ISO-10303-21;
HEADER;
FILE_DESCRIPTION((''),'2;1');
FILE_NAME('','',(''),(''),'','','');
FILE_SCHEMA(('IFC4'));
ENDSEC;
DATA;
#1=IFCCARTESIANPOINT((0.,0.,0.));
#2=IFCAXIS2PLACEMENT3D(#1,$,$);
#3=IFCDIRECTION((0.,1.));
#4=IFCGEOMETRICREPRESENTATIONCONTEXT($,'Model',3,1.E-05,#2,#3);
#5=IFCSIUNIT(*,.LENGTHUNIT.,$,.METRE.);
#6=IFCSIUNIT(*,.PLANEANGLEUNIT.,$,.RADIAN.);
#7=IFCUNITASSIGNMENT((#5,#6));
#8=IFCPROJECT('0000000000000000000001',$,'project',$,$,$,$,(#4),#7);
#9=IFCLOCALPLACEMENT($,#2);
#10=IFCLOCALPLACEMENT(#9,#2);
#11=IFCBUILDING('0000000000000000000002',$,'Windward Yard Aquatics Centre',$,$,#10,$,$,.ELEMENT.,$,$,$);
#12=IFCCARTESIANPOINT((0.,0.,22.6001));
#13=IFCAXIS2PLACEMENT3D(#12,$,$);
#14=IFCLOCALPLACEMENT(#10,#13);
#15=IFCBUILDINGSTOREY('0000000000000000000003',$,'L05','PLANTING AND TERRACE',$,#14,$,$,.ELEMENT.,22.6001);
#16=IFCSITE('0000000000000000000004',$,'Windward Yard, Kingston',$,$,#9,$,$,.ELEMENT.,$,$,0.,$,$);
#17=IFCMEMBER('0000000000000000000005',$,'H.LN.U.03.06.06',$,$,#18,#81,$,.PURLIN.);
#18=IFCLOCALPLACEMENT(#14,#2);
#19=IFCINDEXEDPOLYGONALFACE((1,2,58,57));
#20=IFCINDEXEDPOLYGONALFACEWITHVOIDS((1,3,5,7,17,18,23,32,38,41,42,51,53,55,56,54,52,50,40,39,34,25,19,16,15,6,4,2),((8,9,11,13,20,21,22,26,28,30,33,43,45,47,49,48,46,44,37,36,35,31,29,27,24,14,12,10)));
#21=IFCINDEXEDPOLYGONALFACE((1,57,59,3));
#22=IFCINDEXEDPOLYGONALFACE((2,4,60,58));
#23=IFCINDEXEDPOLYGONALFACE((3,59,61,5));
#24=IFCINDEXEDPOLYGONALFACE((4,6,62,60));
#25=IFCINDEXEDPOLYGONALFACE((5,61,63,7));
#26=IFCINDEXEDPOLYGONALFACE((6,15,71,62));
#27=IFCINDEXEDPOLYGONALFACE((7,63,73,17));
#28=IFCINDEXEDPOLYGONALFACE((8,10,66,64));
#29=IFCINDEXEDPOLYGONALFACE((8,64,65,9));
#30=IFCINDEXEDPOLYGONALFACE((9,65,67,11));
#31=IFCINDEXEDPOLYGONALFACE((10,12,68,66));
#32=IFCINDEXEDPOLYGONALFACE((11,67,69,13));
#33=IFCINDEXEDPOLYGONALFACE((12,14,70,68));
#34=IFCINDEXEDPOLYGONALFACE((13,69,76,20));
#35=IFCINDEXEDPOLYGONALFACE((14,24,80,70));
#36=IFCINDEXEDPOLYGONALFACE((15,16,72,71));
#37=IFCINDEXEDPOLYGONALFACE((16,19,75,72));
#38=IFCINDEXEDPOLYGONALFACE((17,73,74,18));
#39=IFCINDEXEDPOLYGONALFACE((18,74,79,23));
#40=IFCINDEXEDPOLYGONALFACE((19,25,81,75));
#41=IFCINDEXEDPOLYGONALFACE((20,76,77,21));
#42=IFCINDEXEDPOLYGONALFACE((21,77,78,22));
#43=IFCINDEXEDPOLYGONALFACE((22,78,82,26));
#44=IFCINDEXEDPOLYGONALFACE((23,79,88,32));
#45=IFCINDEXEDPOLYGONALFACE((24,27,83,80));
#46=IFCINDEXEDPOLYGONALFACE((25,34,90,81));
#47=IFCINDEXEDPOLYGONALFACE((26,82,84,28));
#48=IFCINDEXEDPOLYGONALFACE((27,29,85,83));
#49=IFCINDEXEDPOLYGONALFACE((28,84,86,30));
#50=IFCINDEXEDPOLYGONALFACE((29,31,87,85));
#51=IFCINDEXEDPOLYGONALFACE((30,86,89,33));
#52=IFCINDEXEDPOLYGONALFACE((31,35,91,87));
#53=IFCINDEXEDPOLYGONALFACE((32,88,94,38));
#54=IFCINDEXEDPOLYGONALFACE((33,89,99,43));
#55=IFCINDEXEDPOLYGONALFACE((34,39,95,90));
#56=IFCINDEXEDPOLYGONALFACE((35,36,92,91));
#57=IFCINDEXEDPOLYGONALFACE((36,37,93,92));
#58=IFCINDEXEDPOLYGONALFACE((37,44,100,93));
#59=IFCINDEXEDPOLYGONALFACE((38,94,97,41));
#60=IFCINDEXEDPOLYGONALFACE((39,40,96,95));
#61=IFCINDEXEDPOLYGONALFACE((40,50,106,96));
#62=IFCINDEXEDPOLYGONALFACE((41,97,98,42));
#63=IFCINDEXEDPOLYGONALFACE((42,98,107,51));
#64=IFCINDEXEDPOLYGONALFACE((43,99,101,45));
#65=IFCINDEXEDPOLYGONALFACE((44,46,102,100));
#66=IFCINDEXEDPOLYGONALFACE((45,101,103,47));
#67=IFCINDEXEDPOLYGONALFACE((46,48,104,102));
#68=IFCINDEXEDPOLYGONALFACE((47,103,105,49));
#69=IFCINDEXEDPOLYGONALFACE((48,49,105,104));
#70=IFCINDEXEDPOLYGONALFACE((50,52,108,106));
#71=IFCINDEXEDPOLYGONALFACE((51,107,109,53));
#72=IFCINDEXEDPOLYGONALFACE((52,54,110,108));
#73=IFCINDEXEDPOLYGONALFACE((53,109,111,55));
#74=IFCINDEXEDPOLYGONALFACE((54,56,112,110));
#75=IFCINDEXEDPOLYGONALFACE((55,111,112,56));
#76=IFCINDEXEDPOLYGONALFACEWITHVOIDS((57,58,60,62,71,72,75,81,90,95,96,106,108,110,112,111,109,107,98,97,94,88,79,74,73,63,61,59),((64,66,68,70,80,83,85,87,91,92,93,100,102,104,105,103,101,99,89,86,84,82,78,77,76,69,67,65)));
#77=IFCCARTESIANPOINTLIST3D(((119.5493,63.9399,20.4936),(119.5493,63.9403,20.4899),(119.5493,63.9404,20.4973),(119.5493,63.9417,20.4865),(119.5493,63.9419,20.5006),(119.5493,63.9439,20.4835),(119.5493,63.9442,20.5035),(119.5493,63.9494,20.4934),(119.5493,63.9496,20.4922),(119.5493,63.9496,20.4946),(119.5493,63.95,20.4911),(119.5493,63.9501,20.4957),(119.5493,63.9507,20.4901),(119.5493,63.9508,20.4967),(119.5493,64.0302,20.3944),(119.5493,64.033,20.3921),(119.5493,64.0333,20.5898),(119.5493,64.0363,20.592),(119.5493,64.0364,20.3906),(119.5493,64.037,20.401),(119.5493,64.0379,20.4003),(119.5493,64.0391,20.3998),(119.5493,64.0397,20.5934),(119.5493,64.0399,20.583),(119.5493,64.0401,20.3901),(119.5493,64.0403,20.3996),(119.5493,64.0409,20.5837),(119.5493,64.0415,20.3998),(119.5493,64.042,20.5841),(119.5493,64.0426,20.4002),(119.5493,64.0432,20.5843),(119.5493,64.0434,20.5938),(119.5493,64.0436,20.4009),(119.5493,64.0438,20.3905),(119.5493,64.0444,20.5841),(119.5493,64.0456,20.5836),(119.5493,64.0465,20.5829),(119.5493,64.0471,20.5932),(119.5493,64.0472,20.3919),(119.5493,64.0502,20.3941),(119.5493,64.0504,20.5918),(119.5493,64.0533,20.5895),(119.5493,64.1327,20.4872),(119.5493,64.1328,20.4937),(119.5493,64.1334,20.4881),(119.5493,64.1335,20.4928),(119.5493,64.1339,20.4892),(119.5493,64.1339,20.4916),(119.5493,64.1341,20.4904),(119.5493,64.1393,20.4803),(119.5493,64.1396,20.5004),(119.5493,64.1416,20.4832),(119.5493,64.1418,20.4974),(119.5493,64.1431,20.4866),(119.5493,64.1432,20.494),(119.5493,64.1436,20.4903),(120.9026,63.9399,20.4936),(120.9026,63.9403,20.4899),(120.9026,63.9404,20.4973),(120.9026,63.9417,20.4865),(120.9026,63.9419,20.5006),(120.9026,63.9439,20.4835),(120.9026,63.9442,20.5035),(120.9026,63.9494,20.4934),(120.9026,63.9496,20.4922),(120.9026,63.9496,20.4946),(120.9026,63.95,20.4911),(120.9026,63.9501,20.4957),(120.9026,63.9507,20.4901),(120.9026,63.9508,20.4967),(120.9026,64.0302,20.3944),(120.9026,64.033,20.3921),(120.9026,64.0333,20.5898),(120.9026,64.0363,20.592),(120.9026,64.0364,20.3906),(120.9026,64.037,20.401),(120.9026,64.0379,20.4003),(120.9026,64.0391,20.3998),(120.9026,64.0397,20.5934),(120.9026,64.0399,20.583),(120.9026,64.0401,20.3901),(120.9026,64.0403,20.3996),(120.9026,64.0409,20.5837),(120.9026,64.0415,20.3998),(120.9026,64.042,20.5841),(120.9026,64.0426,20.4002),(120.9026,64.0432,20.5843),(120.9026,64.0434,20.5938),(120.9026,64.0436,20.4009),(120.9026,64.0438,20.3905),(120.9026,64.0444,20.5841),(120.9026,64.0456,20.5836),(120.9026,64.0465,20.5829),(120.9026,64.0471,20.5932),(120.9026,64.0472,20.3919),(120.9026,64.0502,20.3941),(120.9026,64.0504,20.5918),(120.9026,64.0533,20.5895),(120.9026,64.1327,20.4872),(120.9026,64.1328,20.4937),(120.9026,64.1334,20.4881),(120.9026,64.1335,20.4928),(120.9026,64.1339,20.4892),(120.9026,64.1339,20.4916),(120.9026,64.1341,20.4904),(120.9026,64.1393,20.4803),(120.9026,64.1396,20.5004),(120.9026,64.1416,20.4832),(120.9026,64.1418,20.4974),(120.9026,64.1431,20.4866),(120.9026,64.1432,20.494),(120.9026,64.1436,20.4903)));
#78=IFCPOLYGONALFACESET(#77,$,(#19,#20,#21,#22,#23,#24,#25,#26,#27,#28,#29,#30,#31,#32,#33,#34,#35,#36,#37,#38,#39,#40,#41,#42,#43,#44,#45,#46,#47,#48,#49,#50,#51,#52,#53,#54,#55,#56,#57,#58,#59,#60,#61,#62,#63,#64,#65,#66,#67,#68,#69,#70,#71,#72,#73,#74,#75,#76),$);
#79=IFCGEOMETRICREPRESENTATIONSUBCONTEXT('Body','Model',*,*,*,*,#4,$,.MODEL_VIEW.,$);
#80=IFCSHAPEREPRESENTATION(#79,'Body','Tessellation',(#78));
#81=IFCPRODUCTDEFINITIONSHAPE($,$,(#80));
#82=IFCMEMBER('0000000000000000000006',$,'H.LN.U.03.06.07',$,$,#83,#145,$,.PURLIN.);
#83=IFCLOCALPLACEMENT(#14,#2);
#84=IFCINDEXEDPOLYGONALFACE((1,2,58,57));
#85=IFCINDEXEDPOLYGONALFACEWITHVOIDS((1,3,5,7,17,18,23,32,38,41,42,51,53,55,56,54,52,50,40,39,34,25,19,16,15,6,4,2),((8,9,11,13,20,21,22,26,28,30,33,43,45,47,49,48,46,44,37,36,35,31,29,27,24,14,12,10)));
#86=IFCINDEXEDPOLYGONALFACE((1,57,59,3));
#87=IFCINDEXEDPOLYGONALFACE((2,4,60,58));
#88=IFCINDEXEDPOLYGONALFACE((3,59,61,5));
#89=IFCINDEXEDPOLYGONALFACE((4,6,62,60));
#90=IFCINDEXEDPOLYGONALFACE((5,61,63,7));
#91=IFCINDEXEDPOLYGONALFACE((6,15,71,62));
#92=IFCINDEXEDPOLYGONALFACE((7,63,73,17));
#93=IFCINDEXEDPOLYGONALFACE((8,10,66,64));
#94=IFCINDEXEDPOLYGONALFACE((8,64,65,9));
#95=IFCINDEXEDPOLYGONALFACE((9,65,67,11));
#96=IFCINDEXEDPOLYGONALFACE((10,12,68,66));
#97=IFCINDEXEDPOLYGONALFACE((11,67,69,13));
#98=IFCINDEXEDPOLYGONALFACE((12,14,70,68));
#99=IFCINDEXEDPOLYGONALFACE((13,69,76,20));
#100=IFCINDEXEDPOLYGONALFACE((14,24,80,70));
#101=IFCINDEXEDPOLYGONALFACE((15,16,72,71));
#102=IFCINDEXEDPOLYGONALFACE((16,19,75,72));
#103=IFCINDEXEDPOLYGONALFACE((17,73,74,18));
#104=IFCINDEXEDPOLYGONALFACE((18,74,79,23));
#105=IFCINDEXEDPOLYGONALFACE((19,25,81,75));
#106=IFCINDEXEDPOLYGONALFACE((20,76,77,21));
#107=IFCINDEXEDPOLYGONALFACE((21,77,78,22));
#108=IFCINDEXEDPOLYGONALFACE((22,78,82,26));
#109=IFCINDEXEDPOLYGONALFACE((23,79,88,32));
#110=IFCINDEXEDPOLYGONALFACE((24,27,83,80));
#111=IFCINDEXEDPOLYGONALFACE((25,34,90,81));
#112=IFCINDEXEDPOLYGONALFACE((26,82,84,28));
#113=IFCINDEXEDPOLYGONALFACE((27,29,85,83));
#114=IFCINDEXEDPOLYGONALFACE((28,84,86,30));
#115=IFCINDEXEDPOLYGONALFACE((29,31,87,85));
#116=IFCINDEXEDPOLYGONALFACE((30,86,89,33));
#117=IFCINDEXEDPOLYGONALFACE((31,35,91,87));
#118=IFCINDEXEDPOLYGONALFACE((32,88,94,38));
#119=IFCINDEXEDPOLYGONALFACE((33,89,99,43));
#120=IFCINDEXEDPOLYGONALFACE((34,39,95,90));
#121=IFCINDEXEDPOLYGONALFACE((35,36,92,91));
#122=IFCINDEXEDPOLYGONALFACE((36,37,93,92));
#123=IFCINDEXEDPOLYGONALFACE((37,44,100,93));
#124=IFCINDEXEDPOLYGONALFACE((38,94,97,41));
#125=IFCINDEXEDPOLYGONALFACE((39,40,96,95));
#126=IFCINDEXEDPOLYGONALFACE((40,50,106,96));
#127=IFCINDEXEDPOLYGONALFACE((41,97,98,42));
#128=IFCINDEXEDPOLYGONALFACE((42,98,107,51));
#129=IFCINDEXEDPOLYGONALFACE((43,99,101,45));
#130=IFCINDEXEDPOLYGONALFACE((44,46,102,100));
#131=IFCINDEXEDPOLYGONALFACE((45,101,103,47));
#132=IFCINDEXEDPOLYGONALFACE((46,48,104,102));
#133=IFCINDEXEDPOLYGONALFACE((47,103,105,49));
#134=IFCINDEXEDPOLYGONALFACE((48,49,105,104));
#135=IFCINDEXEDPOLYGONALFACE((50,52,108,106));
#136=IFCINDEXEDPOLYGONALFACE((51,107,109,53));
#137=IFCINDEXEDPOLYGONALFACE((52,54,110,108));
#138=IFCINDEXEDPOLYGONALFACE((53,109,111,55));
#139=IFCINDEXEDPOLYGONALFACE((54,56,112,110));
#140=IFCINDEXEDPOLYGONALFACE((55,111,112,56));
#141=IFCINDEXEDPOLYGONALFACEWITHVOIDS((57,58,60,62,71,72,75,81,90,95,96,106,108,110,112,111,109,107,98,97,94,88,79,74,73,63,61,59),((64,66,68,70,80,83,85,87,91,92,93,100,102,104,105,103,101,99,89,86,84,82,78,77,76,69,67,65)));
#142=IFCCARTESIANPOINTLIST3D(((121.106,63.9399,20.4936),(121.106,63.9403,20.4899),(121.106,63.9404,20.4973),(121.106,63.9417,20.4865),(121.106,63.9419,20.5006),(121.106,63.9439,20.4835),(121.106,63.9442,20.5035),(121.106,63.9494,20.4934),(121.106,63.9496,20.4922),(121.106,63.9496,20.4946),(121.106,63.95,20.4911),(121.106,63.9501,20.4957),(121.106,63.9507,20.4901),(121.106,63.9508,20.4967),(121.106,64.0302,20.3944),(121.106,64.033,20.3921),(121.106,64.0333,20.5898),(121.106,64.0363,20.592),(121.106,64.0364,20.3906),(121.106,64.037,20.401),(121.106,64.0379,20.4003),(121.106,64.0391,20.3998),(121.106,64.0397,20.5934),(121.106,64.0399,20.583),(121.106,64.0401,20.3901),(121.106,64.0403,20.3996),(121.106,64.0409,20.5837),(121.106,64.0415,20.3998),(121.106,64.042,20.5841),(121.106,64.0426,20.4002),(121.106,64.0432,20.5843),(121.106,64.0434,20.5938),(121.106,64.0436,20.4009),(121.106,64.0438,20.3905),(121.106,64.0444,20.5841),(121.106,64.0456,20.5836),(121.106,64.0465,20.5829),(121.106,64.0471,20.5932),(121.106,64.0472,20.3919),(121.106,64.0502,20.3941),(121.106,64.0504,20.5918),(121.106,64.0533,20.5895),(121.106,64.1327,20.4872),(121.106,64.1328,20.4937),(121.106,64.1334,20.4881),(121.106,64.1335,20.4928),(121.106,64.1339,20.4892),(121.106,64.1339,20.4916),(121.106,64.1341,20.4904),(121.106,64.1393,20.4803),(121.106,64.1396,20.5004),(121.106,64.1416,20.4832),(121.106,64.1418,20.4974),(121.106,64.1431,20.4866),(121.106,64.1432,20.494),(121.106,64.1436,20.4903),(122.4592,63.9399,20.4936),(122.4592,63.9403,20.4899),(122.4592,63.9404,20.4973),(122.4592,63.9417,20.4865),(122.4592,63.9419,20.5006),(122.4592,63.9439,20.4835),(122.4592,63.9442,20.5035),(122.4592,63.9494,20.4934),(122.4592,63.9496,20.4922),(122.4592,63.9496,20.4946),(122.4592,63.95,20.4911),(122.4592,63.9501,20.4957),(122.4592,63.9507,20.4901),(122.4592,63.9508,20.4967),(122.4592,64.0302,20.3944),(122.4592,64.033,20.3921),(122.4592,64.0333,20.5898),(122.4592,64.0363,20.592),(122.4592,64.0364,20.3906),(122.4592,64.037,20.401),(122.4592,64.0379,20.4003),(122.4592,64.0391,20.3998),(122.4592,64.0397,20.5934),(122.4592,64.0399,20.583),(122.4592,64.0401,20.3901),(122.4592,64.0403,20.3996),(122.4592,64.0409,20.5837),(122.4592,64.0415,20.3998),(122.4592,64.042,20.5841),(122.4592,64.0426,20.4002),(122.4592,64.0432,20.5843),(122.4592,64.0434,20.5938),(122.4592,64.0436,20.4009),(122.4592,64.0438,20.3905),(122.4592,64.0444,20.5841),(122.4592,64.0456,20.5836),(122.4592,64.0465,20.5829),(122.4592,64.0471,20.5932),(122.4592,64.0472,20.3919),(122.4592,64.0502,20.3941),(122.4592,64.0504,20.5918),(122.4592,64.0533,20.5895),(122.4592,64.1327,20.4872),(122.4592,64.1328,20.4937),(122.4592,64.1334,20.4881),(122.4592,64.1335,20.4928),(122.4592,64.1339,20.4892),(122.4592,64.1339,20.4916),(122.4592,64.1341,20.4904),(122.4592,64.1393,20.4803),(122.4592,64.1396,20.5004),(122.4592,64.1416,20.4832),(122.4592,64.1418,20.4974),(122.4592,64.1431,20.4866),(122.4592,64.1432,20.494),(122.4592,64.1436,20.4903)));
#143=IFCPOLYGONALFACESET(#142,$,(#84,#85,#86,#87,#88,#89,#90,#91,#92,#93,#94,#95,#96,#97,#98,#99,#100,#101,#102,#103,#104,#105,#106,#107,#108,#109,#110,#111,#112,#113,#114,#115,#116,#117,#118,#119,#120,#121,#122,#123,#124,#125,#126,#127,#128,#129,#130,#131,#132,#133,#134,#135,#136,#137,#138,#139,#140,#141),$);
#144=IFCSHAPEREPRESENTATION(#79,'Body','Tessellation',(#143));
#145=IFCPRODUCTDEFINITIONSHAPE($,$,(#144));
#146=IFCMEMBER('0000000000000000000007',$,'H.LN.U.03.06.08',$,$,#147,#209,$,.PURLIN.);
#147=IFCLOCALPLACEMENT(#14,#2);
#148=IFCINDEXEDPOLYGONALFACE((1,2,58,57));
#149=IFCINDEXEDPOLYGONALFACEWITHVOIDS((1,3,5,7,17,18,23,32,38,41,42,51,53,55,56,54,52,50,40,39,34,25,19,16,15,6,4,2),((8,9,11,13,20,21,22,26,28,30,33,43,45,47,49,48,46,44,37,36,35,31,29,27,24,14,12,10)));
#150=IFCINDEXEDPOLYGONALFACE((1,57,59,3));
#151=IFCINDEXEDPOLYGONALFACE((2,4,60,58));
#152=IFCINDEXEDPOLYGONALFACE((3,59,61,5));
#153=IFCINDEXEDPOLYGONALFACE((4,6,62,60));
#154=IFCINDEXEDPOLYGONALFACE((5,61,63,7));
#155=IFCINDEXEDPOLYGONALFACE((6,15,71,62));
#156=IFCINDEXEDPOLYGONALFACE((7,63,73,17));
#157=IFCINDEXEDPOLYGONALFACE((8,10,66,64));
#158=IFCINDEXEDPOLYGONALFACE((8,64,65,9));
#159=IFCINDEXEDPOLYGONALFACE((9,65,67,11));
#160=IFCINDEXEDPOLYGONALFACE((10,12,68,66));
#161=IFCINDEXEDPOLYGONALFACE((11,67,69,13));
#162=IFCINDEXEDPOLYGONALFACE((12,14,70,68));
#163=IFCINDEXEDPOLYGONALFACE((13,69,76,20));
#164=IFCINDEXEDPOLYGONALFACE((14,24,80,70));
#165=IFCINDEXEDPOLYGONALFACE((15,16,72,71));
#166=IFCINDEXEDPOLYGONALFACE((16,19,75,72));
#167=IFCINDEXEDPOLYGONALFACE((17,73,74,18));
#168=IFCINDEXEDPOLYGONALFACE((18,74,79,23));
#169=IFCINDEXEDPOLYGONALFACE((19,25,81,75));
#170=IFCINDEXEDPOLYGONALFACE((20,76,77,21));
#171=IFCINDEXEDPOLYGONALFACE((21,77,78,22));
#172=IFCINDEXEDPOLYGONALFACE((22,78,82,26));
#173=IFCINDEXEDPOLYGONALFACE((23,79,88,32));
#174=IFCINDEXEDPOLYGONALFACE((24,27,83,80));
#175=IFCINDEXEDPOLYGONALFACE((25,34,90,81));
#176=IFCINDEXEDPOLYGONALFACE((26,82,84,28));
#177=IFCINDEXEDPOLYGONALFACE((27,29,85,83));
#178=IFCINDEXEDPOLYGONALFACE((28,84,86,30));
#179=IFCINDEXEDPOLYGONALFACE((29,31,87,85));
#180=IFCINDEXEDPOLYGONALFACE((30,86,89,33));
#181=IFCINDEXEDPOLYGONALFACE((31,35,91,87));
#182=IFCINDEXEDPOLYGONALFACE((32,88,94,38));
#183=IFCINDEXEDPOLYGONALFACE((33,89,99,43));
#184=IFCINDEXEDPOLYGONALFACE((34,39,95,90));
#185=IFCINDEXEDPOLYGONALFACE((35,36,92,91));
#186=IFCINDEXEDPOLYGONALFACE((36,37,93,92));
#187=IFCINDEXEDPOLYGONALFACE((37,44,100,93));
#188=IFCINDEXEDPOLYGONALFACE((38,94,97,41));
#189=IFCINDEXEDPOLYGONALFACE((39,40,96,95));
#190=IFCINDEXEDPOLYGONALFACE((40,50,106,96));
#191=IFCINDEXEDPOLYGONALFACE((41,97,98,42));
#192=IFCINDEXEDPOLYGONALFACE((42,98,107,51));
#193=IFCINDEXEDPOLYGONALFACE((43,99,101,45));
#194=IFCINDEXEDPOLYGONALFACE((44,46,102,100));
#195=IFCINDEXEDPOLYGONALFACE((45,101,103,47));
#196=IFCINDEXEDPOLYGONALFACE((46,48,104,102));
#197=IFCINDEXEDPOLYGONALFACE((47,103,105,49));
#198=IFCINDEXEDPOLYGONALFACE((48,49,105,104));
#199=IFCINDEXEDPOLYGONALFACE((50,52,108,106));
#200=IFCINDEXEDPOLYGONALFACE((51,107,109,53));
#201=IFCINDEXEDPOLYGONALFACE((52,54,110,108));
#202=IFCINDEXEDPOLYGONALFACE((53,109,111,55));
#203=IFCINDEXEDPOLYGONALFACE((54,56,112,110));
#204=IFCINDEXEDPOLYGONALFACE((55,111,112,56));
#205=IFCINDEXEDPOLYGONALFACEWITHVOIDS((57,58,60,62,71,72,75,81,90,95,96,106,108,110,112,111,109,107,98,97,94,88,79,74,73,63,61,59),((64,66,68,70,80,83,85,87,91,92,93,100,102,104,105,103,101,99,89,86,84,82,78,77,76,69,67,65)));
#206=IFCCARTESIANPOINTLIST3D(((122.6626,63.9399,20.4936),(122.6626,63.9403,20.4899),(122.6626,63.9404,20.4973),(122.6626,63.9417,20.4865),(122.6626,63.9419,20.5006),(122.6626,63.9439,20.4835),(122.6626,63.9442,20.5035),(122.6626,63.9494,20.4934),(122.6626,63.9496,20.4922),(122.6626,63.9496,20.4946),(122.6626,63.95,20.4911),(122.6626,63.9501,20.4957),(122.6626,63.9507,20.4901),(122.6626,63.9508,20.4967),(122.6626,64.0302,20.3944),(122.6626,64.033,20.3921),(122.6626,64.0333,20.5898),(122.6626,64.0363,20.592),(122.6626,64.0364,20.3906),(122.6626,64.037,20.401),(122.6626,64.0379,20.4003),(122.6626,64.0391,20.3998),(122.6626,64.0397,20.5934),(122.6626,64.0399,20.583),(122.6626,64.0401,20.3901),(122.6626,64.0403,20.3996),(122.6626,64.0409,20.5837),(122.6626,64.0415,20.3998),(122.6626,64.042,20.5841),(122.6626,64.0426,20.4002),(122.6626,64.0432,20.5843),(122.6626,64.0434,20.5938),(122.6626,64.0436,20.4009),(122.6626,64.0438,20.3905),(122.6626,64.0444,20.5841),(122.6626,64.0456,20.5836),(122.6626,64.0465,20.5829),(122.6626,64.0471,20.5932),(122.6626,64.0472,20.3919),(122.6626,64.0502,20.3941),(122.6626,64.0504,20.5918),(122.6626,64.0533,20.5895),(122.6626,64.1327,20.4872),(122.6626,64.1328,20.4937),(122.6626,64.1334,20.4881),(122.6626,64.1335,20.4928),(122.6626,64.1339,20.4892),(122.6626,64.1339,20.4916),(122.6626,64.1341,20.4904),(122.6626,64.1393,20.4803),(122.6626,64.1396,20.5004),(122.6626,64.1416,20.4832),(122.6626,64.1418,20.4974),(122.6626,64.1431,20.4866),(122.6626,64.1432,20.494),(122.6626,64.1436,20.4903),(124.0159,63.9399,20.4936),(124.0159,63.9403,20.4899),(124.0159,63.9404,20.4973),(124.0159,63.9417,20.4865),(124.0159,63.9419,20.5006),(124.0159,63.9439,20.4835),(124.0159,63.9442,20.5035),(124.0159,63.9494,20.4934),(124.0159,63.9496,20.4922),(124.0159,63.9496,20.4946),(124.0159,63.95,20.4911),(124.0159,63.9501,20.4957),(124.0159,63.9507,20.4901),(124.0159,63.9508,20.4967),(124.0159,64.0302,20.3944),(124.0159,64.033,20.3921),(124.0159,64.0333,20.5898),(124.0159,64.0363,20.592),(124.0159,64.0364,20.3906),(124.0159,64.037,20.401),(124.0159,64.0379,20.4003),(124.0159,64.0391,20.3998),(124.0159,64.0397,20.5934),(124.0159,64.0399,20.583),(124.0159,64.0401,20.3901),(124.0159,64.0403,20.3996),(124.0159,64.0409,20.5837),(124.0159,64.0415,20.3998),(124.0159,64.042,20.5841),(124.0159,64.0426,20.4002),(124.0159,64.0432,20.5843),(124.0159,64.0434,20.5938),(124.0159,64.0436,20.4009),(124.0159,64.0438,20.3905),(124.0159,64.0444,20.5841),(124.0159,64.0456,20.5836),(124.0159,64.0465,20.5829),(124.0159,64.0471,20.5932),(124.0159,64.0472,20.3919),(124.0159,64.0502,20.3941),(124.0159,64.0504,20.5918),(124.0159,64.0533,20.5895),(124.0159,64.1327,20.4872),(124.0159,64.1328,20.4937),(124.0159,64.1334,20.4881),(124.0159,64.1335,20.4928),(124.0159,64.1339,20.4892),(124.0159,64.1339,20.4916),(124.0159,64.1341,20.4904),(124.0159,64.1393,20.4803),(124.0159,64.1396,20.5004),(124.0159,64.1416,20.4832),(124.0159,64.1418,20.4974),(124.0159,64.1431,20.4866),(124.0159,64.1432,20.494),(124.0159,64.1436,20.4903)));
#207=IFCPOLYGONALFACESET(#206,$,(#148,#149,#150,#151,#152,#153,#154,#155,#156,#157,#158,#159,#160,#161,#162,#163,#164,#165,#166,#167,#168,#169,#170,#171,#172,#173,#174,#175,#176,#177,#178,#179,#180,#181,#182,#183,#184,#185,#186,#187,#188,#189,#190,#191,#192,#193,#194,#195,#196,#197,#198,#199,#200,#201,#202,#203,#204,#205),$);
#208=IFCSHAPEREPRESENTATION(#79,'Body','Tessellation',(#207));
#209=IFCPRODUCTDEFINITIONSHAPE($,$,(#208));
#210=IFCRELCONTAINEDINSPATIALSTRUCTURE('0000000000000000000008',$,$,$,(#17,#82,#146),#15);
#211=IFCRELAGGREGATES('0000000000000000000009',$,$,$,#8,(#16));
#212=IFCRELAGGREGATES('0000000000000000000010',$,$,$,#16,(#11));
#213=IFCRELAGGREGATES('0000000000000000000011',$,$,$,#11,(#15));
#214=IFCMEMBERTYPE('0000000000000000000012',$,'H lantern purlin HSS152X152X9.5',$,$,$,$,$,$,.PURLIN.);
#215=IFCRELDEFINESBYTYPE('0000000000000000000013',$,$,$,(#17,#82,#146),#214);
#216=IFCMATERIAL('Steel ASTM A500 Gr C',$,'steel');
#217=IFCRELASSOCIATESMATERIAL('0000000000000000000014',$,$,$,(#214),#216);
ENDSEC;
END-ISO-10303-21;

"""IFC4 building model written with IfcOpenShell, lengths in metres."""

from ifc_helpers import new_model, si_unit, direction, frame, origin, origin_2d, place, context, subcontext, project, spatial, hollow_rectangle, extrude, material, material_profile, profile_set, type_object, element, save


model = new_model("IFC4")

# Units and contexts
model_context = context("Model", 3, precision=1e-05, world=origin(), true_north=direction((0.0, 1.0)))
body_context = subcontext(model_context, "Body", "Model", "MODEL_VIEW")
ifc_project = project(units=[si_unit("LENGTHUNIT", "METRE"), si_unit("PLANEANGLEUNIT", "RADIAN")], contexts=[model_context])

# Site, building, storey
site_placement = place(None, origin())
site = spatial("IfcSite", under=ifc_project, at=site_placement, Name="Windward Yard, Kingston", CompositionType="ELEMENT", RefElevation=0.0)
building_placement = place(site_placement, origin())
building = spatial("IfcBuilding", under=site, at=building_placement, Name="Windward Yard Aquatics Centre", CompositionType="ELEMENT")
storey_placement = place(building_placement, frame((0.0, 0.0, 22.6001)))
storey = spatial("IfcBuildingStorey", under=building, at=storey_placement, Name="L05", Description="PLANTING AND TERRACE", CompositionType="ELEMENT", Elevation=22.6001)

# Members
ifc_material_1 = material(Name="Steel ASTM A500 Gr C", Category="steel")
ifc_material_profile = material_profile(ifc_material_1, hollow_rectangle(XDim=0.1523, YDim=0.1523, WallThickness=0.0095, InnerFilletRadius=0.0046, OuterFilletRadius=0.0142, at=origin_2d()), Name="HSS152X152X9.5")
ifc_profile_set = profile_set([ifc_material_profile], Name="Steel ASTM A500 Gr C")
member_type = type_object("IfcMemberType", Name="H lantern purlin HSS152X152X9.5", PredefinedType="PURLIN", material=ifc_profile_set)
for number, where, z_axis, x_axis, name in (
    (1, (119.5493, 64.0417, 20.4919), (1.0, 0.0, 0.0), (0.0, 0.69555, -0.718477), "H.LN.U.03.06.06"),
    (2, (121.106, 64.0417, 20.4919), (1.0, 0.0, 0.0), (0.0, 0.69555, -0.718477), "H.LN.U.03.06.07"),
    (3, (122.6626, 64.0417, 20.4919), (1.0, 0.0, 0.0), (0.0, 0.69555, -0.718477), "H.LN.U.03.06.08"),
):
    element("IfcMember", number, at=place(storey_placement, frame(where, z_axis=z_axis, x_axis=x_axis)), inside=storey, type_object=member_type, Name=name, PredefinedType="PURLIN", context=body_context, shape_type="SweptSolid", body=[
        extrude(hollow_rectangle(XDim=0.1523, YDim=0.1523, WallThickness=0.0095, InnerFilletRadius=0.0046, OuterFilletRadius=0.0142, at=origin_2d()), origin(), (0.0, 0.0, 1.0), 1.3533),
    ])

save(model, "model.ifc")
